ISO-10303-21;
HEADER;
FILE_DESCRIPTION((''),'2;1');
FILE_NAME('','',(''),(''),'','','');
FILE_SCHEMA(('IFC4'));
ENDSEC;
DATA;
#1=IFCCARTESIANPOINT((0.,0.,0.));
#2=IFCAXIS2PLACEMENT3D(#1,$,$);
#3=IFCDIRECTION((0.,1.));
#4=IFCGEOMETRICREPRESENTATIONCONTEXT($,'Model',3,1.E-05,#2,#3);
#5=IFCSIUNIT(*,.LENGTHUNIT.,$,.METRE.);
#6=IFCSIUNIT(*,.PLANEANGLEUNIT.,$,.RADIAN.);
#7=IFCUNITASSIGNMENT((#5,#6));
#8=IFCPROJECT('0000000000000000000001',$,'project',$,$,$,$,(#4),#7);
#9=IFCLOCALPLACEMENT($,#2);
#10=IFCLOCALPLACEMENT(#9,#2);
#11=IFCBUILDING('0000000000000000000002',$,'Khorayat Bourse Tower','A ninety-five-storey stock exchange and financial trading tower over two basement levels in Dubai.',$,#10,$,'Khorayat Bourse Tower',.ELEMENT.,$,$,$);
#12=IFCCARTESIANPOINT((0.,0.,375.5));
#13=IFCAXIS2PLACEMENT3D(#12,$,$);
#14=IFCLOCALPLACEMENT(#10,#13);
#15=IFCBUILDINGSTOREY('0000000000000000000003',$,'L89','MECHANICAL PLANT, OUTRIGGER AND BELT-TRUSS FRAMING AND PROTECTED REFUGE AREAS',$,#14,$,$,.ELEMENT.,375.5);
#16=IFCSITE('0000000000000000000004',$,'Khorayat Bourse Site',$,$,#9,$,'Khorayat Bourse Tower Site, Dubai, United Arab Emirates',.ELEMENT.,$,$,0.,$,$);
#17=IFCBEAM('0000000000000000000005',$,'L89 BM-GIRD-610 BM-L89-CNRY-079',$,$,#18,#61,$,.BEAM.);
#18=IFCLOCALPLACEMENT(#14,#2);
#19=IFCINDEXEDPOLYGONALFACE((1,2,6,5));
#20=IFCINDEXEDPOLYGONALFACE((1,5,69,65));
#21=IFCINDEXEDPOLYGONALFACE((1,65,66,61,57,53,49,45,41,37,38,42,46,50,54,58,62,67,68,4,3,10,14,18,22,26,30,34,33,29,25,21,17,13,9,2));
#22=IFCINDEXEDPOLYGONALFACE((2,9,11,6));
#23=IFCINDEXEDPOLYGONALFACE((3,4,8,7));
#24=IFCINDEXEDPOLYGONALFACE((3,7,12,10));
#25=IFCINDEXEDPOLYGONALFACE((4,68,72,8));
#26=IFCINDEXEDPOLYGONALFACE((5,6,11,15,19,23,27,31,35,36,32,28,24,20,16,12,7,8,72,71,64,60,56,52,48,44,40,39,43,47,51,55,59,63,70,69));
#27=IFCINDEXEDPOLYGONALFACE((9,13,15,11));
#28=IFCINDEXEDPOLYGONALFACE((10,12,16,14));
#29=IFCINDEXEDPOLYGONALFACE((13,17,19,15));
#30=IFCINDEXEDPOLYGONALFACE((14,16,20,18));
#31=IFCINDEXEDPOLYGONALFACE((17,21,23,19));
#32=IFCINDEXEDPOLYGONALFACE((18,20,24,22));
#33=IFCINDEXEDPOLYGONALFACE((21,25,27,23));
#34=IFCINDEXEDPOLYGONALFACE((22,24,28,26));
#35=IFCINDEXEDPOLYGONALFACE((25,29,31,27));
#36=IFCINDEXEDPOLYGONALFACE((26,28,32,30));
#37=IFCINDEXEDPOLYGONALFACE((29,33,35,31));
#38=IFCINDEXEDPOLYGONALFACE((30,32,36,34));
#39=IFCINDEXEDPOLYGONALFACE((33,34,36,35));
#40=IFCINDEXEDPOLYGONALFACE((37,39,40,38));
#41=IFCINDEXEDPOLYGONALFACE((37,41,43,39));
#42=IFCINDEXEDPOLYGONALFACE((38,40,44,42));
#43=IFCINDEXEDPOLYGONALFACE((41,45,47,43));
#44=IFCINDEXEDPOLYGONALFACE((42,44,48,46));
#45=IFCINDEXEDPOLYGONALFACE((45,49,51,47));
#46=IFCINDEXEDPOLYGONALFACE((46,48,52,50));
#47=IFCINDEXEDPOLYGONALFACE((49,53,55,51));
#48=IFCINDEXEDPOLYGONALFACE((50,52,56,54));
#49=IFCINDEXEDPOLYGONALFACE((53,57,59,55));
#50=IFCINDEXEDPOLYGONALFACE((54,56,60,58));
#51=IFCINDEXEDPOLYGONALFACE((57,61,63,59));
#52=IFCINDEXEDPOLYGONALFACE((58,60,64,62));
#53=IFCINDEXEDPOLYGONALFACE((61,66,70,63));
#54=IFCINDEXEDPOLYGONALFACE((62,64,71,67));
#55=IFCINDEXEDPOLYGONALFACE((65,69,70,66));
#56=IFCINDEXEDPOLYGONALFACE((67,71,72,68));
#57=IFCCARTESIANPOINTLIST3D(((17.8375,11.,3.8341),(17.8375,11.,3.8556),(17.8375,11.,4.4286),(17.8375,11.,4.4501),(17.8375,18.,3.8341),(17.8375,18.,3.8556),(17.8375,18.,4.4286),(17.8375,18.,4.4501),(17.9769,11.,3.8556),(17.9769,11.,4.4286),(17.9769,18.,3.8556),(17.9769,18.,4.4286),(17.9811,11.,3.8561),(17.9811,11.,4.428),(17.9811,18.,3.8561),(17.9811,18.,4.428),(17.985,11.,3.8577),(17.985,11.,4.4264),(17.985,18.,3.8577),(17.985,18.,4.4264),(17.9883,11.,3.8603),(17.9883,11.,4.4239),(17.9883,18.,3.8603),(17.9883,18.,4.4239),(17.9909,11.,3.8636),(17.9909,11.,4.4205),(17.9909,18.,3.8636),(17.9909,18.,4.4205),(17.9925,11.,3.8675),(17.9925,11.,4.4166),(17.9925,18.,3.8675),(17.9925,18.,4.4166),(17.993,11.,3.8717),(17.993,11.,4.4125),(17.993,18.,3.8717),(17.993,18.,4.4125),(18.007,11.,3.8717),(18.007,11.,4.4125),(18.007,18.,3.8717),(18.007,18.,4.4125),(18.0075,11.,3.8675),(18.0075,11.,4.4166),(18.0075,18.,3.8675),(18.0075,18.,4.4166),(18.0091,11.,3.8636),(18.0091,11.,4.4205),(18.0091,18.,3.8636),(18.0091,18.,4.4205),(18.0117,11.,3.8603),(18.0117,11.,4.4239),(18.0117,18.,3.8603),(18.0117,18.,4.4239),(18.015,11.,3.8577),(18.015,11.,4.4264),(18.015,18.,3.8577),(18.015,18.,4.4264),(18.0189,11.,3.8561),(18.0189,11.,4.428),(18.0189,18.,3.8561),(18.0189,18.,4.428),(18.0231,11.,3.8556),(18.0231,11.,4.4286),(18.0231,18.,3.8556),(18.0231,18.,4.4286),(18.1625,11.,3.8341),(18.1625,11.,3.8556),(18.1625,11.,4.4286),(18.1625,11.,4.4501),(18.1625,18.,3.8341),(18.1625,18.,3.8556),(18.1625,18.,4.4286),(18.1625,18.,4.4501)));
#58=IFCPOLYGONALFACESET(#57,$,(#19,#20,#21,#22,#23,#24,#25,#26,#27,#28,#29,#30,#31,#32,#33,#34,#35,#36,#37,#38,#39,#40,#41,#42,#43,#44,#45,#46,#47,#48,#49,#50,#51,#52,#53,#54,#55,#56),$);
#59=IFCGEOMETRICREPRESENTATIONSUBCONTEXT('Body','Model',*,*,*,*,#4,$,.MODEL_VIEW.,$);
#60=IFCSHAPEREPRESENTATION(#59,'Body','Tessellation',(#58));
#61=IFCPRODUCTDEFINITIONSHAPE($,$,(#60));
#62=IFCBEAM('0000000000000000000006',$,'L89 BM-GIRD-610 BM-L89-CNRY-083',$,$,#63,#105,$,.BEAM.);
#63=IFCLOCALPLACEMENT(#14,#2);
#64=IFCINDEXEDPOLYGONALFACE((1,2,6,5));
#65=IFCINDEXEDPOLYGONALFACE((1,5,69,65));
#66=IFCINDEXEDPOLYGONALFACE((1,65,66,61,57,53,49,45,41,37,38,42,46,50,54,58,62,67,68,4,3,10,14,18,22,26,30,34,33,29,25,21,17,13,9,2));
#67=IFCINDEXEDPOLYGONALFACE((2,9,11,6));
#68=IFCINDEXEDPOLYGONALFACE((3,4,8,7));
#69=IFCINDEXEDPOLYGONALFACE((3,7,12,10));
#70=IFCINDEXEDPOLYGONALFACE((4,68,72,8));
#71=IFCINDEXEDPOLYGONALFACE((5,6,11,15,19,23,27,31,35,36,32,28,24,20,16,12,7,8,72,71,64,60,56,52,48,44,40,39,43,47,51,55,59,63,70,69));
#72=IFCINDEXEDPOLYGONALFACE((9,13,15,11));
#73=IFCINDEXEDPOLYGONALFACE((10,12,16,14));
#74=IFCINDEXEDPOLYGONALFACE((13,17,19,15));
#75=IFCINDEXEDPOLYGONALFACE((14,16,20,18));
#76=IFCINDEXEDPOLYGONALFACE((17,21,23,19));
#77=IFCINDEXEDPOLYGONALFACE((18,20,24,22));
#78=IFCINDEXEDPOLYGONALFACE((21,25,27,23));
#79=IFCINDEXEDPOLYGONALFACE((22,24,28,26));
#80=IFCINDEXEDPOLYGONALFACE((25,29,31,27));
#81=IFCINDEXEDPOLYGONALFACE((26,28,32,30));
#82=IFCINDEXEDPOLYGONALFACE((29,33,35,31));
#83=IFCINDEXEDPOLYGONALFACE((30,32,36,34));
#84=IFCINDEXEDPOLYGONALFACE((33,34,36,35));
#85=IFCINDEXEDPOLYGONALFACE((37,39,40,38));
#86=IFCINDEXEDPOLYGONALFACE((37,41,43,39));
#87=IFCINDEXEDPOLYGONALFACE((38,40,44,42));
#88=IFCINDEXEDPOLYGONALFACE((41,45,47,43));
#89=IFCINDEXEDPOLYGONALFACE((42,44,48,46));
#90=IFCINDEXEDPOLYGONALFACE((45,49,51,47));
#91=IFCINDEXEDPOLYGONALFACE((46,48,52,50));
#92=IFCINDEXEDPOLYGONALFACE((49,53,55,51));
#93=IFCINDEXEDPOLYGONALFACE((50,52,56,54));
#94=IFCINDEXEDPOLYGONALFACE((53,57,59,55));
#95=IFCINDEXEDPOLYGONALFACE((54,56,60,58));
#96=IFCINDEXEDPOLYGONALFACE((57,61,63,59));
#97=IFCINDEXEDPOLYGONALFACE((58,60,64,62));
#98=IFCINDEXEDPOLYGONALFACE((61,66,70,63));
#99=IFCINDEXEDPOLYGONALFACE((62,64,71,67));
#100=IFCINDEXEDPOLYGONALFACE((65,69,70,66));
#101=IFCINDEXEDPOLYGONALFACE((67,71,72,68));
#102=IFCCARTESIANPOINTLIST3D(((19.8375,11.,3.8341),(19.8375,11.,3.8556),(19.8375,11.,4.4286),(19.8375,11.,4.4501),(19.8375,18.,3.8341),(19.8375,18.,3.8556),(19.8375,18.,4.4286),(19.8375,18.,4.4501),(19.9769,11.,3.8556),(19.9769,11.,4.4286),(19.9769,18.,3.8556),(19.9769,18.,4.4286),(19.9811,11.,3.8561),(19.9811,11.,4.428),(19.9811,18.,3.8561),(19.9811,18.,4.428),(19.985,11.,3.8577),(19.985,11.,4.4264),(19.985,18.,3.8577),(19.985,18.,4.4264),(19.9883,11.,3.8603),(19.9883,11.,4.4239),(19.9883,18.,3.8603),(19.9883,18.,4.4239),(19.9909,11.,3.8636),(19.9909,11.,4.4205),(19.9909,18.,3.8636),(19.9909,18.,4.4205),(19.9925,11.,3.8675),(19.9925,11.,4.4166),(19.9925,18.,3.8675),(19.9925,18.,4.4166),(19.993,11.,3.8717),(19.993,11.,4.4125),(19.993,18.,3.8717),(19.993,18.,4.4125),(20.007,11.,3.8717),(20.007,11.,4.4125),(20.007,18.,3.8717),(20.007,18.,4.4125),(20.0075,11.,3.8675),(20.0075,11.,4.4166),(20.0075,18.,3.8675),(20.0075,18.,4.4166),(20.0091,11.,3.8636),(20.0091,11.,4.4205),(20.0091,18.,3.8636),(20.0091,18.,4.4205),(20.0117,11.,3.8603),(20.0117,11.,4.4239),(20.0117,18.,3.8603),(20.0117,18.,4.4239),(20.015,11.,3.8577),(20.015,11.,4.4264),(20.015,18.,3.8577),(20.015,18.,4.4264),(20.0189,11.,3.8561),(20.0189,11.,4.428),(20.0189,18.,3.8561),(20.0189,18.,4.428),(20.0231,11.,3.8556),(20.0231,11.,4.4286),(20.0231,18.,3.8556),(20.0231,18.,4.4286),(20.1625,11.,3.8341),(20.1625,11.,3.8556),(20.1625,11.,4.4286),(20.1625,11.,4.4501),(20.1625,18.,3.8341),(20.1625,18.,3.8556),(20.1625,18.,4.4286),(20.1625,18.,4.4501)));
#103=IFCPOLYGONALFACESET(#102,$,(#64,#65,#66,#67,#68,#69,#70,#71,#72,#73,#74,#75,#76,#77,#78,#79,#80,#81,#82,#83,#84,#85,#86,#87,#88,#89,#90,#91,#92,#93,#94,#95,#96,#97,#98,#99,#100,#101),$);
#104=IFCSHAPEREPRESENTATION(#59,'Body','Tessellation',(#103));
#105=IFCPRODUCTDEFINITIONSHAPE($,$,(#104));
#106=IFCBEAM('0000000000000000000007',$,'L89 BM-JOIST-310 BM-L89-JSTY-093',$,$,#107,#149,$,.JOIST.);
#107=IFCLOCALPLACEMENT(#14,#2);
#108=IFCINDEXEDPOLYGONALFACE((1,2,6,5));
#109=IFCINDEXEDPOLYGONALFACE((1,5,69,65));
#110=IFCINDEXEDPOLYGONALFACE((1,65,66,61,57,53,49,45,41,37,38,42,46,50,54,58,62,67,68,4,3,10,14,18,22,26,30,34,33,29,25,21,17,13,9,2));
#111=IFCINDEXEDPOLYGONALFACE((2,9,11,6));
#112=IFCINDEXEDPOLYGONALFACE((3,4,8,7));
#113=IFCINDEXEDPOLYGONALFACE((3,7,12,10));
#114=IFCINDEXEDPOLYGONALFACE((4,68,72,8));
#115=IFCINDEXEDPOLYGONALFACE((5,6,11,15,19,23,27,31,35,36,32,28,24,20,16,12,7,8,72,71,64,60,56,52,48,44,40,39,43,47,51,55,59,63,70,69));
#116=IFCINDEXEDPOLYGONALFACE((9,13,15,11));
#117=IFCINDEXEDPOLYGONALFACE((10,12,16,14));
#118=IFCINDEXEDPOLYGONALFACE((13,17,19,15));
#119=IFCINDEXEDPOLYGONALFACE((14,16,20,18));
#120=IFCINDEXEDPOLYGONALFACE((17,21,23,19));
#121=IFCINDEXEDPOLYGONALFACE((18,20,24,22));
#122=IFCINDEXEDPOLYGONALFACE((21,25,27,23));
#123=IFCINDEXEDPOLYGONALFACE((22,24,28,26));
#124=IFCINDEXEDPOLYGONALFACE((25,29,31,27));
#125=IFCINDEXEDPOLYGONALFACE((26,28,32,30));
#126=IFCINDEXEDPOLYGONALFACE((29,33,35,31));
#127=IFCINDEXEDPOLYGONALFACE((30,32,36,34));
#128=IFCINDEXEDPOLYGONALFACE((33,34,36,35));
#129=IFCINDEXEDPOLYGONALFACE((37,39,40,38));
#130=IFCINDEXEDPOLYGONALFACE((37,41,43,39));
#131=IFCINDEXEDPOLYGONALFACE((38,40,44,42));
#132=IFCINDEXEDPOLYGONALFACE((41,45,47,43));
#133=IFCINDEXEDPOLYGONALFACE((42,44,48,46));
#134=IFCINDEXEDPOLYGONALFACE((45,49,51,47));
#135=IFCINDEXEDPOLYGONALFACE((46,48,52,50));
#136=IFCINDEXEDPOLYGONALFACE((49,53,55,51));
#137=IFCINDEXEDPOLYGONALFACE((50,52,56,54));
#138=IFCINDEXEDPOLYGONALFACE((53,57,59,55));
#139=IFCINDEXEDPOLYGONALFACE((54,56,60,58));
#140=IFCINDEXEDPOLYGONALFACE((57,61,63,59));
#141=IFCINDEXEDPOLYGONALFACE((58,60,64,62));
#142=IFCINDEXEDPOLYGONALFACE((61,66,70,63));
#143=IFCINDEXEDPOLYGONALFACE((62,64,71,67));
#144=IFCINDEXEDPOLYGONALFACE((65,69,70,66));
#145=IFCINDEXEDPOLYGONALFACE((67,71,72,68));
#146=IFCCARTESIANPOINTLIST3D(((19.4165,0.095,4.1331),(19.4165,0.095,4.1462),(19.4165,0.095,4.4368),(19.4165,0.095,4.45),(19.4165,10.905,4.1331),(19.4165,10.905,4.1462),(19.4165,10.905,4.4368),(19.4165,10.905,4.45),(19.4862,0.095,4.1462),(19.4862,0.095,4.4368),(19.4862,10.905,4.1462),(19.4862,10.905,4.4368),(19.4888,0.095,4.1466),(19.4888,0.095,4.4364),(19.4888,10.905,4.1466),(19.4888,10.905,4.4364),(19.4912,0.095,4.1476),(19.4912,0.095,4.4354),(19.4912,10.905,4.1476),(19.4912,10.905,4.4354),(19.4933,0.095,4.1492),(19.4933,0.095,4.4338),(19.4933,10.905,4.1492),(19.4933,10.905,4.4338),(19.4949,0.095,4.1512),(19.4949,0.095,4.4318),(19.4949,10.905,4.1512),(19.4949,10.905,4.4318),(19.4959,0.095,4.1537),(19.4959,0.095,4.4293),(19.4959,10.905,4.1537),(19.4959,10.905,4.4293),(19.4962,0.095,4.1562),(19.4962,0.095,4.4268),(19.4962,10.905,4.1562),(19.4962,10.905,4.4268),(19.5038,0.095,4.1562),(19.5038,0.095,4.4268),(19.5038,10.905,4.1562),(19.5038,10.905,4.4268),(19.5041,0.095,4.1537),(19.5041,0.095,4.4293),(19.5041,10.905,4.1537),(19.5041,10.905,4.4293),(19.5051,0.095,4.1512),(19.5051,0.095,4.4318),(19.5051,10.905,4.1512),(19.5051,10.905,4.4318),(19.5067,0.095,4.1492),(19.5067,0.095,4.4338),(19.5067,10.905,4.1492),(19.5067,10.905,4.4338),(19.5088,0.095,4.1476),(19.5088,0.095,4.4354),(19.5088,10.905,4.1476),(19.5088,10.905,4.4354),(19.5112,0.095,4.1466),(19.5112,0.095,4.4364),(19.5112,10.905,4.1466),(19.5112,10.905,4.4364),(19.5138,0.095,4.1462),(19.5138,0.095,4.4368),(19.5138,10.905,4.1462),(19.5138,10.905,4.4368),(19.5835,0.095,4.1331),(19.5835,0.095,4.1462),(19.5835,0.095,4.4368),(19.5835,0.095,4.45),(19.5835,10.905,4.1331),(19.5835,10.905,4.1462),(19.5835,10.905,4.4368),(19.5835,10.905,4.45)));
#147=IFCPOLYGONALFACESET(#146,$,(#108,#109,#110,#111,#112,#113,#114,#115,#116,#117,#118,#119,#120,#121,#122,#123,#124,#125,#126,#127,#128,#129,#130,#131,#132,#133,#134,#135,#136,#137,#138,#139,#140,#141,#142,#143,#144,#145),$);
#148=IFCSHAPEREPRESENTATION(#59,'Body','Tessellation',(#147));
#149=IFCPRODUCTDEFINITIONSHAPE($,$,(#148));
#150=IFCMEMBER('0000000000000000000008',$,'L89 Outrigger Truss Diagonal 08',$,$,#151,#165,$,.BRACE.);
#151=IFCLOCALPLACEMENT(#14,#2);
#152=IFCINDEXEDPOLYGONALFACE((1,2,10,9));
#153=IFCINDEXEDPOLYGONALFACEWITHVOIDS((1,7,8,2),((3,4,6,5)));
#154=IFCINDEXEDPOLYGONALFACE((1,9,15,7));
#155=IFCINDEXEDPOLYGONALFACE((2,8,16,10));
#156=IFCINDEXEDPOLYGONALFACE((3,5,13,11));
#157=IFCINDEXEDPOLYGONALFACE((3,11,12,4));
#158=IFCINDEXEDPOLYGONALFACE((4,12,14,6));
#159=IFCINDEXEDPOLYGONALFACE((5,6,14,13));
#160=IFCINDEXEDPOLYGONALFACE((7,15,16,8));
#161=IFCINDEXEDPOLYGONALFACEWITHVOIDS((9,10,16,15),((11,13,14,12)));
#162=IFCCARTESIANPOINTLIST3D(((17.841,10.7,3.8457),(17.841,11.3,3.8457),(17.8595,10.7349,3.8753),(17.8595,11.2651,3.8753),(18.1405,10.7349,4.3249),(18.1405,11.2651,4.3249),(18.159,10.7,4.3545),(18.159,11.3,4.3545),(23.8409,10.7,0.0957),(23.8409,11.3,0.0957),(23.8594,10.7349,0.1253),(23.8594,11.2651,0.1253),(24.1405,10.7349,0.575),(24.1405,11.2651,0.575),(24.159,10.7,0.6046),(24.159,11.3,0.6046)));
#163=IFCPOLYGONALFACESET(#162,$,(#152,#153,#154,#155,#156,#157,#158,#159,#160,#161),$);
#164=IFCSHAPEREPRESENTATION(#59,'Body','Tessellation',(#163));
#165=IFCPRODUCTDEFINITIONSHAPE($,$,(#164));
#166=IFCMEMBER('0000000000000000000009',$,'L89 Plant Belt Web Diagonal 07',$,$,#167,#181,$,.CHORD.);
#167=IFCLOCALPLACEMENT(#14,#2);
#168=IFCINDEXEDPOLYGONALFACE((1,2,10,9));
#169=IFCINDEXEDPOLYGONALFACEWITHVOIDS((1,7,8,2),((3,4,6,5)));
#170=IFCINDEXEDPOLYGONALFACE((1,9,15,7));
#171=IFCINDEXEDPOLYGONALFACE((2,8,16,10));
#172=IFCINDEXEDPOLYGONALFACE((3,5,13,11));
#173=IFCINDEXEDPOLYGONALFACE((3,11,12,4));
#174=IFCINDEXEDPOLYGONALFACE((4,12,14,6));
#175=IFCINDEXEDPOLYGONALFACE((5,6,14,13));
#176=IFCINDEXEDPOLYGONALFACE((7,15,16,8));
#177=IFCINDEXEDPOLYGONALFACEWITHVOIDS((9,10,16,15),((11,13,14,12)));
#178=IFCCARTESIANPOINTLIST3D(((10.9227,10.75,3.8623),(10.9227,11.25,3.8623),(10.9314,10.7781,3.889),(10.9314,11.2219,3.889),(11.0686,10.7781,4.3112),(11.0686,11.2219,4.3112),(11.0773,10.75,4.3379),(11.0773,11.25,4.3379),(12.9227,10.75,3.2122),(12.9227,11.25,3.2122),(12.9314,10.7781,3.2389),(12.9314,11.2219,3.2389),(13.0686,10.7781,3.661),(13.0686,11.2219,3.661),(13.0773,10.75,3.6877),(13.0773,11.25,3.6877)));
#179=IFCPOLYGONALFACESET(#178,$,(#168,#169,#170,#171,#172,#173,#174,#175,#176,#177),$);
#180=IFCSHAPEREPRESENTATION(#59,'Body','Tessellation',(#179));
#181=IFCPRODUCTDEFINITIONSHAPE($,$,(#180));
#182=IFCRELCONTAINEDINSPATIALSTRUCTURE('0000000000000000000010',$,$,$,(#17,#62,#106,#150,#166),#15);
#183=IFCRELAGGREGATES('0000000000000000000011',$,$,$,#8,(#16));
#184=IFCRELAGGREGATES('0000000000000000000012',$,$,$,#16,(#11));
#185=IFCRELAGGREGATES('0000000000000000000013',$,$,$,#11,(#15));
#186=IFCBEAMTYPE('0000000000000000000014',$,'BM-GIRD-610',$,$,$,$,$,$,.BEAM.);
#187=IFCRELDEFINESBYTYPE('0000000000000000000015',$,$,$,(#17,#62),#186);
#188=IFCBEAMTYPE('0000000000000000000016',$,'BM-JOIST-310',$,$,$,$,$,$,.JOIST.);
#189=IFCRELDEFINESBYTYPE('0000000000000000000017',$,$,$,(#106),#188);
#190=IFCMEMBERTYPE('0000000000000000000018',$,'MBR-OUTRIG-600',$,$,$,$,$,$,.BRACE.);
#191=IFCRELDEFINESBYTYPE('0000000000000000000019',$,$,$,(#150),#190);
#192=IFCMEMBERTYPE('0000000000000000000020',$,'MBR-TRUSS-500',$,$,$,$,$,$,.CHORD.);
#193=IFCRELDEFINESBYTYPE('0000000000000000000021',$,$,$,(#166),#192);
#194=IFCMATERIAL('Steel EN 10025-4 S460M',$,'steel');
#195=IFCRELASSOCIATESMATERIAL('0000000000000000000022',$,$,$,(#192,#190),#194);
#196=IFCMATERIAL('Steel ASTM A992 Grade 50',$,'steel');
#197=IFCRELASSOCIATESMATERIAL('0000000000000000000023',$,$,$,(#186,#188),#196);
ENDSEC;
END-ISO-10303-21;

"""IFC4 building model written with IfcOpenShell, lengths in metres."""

from ifc_helpers import new_model, si_unit, direction, frame, origin, origin_2d, place, context, subcontext, project, spatial, hollow_rectangle, i_section, extrude, source, transform, mapped, material, material_profile, profile_set, type_object, element, save


model = new_model("IFC4")

# Units and contexts
model_context = context("Model", 3, precision=1e-05, world=origin(), true_north=direction((0.0, 1.0)))
body_context = subcontext(model_context, "Body", "Model", "MODEL_VIEW")
ifc_project = project(units=[si_unit("LENGTHUNIT", "METRE"), si_unit("PLANEANGLEUNIT", "RADIAN")], contexts=[model_context])

# Site, building, storey
site_placement = place(None, origin())
site = spatial("IfcSite", under=ifc_project, at=site_placement, Name="Khorayat Bourse Site", LongName="Khorayat Bourse Tower Site, Dubai, United Arab Emirates", CompositionType="ELEMENT", RefElevation=0.0)
building_placement = place(site_placement, origin())
building = spatial("IfcBuilding", under=site, at=building_placement, Name="Khorayat Bourse Tower", Description="A ninety-five-storey stock exchange and financial trading tower over two basement levels in Dubai.", LongName="Khorayat Bourse Tower", CompositionType="ELEMENT")
storey_placement = place(building_placement, frame((0.0, 0.0, 375.5)))
storey = spatial("IfcBuildingStorey", under=building, at=storey_placement, Name="L89", Description="MECHANICAL PLANT, OUTRIGGER AND BELT-TRUSS FRAMING AND PROTECTED REFUGE AREAS", CompositionType="ELEMENT", Elevation=375.5)

# Shared definitions
ifc_material_1 = material(Name="Steel EN 10025-4 S460M", Category="steel")
ifc_material_profile_1 = material_profile(ifc_material_1, hollow_rectangle(XDim=0.5, YDim=0.5, WallThickness=0.0281, at=origin_2d()), Name="HSS 500x500x28")
ifc_profile_set_1 = profile_set([ifc_material_profile_1], Name="Steel EN 10025-4 S460M")
member_type_1 = type_object("IfcMemberType", Name="MBR-TRUSS-500", PredefinedType="CHORD", material=ifc_profile_set_1)

# Beams
ifc_material_2 = material(Name="Steel ASTM A992 Grade 50", Category="steel")
ifc_material_profile_2 = material_profile(ifc_material_2, i_section(OverallWidth=0.325, OverallDepth=0.616, WebThickness=0.0139, FlangeThickness=0.0215, FilletRadius=0.0161, at=origin_2d()), Name="W610X174")
ifc_profile_set_2 = profile_set([ifc_material_profile_2], Name="Steel ASTM A992 Grade 50")
beam_type_1 = type_object("IfcBeamType", Name="BM-GIRD-610", PredefinedType="BEAM", material=ifc_profile_set_2)
shared_shape_1 = source(origin(), body_context, "Body", "SweptSolid", [
    extrude(i_section(OverallWidth=0.325, OverallDepth=0.616, WebThickness=0.0139, FlangeThickness=0.0215, FilletRadius=0.0161, at=origin_2d()), origin(), (0.0, 0.0, 1.0), 7.0),
])
for number, where, z_axis, x_axis, name in (
    (1, (18.0, 11.0, 4.1421), (0.0, 1.0, 0.0), (-1.0, 0.0, 0.0), "L89 BM-GIRD-610 BM-L89-CNRY-079"),
    (2, (20.0, 11.0, 4.1421), (0.0, 1.0, 0.0), (-1.0, 0.0, 0.0), "L89 BM-GIRD-610 BM-L89-CNRY-083"),
):
    element("IfcBeam", number, at=place(storey_placement, frame(where, z_axis=z_axis, x_axis=x_axis)), inside=storey, type_object=beam_type_1, Name=name, PredefinedType="BEAM", context=body_context, shape_type="MappedRepresentation", body=[
        mapped(shared_shape_1, transform((0.0, 0.0, 0.0), scale=1.0)),
    ])
ifc_material_profile_3 = material_profile(ifc_material_2, i_section(OverallWidth=0.167, OverallDepth=0.3169, WebThickness=0.0076, FlangeThickness=0.0132, FilletRadius=0.01, at=origin_2d()), Name="W310X52")
ifc_profile_set_3 = profile_set([ifc_material_profile_3], Name="Steel ASTM A992 Grade 50")
beam_type_2 = type_object("IfcBeamType", Name="BM-JOIST-310", PredefinedType="JOIST", material=ifc_profile_set_3)
shared_shape_2 = source(origin(), body_context, "Body", "SweptSolid", [
    extrude(i_section(OverallWidth=0.167, OverallDepth=0.3169, WebThickness=0.0076, FlangeThickness=0.0132, FilletRadius=0.01, at=origin_2d()), origin(), (0.0, 0.0, 1.0), 10.8101),
])
beam_1_placement = place(storey_placement, frame((19.5, 0.095, 4.2915), z_axis=(0.0, 1.0, 0.0), x_axis=(-1.0, 0.0, 0.0)))
element("IfcBeam", 3, at=beam_1_placement, inside=storey, type_object=beam_type_2, Name="L89 BM-JOIST-310 BM-L89-JSTY-093", PredefinedType="JOIST", context=body_context, shape_type="MappedRepresentation", body=[
    mapped(shared_shape_2, transform((0.0, 0.0, 0.0), scale=1.0)),
])

# Members
ifc_material_profile_4 = material_profile(ifc_material_1, hollow_rectangle(XDim=0.6001, YDim=0.6001, WallThickness=0.0349, at=origin_2d()), Name="BOX 600x600x35")
ifc_profile_set_4 = profile_set([ifc_material_profile_4], Name="Steel EN 10025-4 S460M")
member_type_2 = type_object("IfcMemberType", Name="MBR-OUTRIG-600", PredefinedType="BRACE", material=ifc_profile_set_4)
shared_shape_3 = source(origin(), body_context, "Body", "SweptSolid", [
    extrude(hollow_rectangle(XDim=0.6001, YDim=0.6001, WallThickness=0.0349, at=origin_2d()), origin(), (0.0, 0.0, 1.0), 7.0754),
])
member_1_placement = place(storey_placement, frame((18.0, 11.0, 4.1001), z_axis=(0.847998, 0.0, -0.529999), x_axis=(0.0, 1.0, 0.0)))
element("IfcMember", 4, at=member_1_placement, inside=storey, type_object=member_type_2, Name="L89 Outrigger Truss Diagonal 08", PredefinedType="BRACE", context=body_context, shape_type="MappedRepresentation", body=[
    mapped(shared_shape_3, transform((0.0, 0.0, 0.0), scale=1.0)),
])
shared_shape_4 = source(origin(), body_context, "Body", "SweptSolid", [
    extrude(hollow_rectangle(XDim=0.5, YDim=0.5, WallThickness=0.0281, at=origin_2d()), origin(), (0.0, 0.0, 1.0), 2.103),
])
member_2_placement = place(storey_placement, frame((11.0, 11.0, 4.1001), z_axis=(0.951014, 0.0, -0.309149), x_axis=(0.0, 1.0, 0.0)))
element("IfcMember", 5, at=member_2_placement, inside=storey, type_object=member_type_1, Name="L89 Plant Belt Web Diagonal 07", PredefinedType="CHORD", context=body_context, shape_type="MappedRepresentation", body=[
    mapped(shared_shape_4, transform((0.0, 0.0, 0.0), scale=1.0)),
])

save(model, "model.ifc")
